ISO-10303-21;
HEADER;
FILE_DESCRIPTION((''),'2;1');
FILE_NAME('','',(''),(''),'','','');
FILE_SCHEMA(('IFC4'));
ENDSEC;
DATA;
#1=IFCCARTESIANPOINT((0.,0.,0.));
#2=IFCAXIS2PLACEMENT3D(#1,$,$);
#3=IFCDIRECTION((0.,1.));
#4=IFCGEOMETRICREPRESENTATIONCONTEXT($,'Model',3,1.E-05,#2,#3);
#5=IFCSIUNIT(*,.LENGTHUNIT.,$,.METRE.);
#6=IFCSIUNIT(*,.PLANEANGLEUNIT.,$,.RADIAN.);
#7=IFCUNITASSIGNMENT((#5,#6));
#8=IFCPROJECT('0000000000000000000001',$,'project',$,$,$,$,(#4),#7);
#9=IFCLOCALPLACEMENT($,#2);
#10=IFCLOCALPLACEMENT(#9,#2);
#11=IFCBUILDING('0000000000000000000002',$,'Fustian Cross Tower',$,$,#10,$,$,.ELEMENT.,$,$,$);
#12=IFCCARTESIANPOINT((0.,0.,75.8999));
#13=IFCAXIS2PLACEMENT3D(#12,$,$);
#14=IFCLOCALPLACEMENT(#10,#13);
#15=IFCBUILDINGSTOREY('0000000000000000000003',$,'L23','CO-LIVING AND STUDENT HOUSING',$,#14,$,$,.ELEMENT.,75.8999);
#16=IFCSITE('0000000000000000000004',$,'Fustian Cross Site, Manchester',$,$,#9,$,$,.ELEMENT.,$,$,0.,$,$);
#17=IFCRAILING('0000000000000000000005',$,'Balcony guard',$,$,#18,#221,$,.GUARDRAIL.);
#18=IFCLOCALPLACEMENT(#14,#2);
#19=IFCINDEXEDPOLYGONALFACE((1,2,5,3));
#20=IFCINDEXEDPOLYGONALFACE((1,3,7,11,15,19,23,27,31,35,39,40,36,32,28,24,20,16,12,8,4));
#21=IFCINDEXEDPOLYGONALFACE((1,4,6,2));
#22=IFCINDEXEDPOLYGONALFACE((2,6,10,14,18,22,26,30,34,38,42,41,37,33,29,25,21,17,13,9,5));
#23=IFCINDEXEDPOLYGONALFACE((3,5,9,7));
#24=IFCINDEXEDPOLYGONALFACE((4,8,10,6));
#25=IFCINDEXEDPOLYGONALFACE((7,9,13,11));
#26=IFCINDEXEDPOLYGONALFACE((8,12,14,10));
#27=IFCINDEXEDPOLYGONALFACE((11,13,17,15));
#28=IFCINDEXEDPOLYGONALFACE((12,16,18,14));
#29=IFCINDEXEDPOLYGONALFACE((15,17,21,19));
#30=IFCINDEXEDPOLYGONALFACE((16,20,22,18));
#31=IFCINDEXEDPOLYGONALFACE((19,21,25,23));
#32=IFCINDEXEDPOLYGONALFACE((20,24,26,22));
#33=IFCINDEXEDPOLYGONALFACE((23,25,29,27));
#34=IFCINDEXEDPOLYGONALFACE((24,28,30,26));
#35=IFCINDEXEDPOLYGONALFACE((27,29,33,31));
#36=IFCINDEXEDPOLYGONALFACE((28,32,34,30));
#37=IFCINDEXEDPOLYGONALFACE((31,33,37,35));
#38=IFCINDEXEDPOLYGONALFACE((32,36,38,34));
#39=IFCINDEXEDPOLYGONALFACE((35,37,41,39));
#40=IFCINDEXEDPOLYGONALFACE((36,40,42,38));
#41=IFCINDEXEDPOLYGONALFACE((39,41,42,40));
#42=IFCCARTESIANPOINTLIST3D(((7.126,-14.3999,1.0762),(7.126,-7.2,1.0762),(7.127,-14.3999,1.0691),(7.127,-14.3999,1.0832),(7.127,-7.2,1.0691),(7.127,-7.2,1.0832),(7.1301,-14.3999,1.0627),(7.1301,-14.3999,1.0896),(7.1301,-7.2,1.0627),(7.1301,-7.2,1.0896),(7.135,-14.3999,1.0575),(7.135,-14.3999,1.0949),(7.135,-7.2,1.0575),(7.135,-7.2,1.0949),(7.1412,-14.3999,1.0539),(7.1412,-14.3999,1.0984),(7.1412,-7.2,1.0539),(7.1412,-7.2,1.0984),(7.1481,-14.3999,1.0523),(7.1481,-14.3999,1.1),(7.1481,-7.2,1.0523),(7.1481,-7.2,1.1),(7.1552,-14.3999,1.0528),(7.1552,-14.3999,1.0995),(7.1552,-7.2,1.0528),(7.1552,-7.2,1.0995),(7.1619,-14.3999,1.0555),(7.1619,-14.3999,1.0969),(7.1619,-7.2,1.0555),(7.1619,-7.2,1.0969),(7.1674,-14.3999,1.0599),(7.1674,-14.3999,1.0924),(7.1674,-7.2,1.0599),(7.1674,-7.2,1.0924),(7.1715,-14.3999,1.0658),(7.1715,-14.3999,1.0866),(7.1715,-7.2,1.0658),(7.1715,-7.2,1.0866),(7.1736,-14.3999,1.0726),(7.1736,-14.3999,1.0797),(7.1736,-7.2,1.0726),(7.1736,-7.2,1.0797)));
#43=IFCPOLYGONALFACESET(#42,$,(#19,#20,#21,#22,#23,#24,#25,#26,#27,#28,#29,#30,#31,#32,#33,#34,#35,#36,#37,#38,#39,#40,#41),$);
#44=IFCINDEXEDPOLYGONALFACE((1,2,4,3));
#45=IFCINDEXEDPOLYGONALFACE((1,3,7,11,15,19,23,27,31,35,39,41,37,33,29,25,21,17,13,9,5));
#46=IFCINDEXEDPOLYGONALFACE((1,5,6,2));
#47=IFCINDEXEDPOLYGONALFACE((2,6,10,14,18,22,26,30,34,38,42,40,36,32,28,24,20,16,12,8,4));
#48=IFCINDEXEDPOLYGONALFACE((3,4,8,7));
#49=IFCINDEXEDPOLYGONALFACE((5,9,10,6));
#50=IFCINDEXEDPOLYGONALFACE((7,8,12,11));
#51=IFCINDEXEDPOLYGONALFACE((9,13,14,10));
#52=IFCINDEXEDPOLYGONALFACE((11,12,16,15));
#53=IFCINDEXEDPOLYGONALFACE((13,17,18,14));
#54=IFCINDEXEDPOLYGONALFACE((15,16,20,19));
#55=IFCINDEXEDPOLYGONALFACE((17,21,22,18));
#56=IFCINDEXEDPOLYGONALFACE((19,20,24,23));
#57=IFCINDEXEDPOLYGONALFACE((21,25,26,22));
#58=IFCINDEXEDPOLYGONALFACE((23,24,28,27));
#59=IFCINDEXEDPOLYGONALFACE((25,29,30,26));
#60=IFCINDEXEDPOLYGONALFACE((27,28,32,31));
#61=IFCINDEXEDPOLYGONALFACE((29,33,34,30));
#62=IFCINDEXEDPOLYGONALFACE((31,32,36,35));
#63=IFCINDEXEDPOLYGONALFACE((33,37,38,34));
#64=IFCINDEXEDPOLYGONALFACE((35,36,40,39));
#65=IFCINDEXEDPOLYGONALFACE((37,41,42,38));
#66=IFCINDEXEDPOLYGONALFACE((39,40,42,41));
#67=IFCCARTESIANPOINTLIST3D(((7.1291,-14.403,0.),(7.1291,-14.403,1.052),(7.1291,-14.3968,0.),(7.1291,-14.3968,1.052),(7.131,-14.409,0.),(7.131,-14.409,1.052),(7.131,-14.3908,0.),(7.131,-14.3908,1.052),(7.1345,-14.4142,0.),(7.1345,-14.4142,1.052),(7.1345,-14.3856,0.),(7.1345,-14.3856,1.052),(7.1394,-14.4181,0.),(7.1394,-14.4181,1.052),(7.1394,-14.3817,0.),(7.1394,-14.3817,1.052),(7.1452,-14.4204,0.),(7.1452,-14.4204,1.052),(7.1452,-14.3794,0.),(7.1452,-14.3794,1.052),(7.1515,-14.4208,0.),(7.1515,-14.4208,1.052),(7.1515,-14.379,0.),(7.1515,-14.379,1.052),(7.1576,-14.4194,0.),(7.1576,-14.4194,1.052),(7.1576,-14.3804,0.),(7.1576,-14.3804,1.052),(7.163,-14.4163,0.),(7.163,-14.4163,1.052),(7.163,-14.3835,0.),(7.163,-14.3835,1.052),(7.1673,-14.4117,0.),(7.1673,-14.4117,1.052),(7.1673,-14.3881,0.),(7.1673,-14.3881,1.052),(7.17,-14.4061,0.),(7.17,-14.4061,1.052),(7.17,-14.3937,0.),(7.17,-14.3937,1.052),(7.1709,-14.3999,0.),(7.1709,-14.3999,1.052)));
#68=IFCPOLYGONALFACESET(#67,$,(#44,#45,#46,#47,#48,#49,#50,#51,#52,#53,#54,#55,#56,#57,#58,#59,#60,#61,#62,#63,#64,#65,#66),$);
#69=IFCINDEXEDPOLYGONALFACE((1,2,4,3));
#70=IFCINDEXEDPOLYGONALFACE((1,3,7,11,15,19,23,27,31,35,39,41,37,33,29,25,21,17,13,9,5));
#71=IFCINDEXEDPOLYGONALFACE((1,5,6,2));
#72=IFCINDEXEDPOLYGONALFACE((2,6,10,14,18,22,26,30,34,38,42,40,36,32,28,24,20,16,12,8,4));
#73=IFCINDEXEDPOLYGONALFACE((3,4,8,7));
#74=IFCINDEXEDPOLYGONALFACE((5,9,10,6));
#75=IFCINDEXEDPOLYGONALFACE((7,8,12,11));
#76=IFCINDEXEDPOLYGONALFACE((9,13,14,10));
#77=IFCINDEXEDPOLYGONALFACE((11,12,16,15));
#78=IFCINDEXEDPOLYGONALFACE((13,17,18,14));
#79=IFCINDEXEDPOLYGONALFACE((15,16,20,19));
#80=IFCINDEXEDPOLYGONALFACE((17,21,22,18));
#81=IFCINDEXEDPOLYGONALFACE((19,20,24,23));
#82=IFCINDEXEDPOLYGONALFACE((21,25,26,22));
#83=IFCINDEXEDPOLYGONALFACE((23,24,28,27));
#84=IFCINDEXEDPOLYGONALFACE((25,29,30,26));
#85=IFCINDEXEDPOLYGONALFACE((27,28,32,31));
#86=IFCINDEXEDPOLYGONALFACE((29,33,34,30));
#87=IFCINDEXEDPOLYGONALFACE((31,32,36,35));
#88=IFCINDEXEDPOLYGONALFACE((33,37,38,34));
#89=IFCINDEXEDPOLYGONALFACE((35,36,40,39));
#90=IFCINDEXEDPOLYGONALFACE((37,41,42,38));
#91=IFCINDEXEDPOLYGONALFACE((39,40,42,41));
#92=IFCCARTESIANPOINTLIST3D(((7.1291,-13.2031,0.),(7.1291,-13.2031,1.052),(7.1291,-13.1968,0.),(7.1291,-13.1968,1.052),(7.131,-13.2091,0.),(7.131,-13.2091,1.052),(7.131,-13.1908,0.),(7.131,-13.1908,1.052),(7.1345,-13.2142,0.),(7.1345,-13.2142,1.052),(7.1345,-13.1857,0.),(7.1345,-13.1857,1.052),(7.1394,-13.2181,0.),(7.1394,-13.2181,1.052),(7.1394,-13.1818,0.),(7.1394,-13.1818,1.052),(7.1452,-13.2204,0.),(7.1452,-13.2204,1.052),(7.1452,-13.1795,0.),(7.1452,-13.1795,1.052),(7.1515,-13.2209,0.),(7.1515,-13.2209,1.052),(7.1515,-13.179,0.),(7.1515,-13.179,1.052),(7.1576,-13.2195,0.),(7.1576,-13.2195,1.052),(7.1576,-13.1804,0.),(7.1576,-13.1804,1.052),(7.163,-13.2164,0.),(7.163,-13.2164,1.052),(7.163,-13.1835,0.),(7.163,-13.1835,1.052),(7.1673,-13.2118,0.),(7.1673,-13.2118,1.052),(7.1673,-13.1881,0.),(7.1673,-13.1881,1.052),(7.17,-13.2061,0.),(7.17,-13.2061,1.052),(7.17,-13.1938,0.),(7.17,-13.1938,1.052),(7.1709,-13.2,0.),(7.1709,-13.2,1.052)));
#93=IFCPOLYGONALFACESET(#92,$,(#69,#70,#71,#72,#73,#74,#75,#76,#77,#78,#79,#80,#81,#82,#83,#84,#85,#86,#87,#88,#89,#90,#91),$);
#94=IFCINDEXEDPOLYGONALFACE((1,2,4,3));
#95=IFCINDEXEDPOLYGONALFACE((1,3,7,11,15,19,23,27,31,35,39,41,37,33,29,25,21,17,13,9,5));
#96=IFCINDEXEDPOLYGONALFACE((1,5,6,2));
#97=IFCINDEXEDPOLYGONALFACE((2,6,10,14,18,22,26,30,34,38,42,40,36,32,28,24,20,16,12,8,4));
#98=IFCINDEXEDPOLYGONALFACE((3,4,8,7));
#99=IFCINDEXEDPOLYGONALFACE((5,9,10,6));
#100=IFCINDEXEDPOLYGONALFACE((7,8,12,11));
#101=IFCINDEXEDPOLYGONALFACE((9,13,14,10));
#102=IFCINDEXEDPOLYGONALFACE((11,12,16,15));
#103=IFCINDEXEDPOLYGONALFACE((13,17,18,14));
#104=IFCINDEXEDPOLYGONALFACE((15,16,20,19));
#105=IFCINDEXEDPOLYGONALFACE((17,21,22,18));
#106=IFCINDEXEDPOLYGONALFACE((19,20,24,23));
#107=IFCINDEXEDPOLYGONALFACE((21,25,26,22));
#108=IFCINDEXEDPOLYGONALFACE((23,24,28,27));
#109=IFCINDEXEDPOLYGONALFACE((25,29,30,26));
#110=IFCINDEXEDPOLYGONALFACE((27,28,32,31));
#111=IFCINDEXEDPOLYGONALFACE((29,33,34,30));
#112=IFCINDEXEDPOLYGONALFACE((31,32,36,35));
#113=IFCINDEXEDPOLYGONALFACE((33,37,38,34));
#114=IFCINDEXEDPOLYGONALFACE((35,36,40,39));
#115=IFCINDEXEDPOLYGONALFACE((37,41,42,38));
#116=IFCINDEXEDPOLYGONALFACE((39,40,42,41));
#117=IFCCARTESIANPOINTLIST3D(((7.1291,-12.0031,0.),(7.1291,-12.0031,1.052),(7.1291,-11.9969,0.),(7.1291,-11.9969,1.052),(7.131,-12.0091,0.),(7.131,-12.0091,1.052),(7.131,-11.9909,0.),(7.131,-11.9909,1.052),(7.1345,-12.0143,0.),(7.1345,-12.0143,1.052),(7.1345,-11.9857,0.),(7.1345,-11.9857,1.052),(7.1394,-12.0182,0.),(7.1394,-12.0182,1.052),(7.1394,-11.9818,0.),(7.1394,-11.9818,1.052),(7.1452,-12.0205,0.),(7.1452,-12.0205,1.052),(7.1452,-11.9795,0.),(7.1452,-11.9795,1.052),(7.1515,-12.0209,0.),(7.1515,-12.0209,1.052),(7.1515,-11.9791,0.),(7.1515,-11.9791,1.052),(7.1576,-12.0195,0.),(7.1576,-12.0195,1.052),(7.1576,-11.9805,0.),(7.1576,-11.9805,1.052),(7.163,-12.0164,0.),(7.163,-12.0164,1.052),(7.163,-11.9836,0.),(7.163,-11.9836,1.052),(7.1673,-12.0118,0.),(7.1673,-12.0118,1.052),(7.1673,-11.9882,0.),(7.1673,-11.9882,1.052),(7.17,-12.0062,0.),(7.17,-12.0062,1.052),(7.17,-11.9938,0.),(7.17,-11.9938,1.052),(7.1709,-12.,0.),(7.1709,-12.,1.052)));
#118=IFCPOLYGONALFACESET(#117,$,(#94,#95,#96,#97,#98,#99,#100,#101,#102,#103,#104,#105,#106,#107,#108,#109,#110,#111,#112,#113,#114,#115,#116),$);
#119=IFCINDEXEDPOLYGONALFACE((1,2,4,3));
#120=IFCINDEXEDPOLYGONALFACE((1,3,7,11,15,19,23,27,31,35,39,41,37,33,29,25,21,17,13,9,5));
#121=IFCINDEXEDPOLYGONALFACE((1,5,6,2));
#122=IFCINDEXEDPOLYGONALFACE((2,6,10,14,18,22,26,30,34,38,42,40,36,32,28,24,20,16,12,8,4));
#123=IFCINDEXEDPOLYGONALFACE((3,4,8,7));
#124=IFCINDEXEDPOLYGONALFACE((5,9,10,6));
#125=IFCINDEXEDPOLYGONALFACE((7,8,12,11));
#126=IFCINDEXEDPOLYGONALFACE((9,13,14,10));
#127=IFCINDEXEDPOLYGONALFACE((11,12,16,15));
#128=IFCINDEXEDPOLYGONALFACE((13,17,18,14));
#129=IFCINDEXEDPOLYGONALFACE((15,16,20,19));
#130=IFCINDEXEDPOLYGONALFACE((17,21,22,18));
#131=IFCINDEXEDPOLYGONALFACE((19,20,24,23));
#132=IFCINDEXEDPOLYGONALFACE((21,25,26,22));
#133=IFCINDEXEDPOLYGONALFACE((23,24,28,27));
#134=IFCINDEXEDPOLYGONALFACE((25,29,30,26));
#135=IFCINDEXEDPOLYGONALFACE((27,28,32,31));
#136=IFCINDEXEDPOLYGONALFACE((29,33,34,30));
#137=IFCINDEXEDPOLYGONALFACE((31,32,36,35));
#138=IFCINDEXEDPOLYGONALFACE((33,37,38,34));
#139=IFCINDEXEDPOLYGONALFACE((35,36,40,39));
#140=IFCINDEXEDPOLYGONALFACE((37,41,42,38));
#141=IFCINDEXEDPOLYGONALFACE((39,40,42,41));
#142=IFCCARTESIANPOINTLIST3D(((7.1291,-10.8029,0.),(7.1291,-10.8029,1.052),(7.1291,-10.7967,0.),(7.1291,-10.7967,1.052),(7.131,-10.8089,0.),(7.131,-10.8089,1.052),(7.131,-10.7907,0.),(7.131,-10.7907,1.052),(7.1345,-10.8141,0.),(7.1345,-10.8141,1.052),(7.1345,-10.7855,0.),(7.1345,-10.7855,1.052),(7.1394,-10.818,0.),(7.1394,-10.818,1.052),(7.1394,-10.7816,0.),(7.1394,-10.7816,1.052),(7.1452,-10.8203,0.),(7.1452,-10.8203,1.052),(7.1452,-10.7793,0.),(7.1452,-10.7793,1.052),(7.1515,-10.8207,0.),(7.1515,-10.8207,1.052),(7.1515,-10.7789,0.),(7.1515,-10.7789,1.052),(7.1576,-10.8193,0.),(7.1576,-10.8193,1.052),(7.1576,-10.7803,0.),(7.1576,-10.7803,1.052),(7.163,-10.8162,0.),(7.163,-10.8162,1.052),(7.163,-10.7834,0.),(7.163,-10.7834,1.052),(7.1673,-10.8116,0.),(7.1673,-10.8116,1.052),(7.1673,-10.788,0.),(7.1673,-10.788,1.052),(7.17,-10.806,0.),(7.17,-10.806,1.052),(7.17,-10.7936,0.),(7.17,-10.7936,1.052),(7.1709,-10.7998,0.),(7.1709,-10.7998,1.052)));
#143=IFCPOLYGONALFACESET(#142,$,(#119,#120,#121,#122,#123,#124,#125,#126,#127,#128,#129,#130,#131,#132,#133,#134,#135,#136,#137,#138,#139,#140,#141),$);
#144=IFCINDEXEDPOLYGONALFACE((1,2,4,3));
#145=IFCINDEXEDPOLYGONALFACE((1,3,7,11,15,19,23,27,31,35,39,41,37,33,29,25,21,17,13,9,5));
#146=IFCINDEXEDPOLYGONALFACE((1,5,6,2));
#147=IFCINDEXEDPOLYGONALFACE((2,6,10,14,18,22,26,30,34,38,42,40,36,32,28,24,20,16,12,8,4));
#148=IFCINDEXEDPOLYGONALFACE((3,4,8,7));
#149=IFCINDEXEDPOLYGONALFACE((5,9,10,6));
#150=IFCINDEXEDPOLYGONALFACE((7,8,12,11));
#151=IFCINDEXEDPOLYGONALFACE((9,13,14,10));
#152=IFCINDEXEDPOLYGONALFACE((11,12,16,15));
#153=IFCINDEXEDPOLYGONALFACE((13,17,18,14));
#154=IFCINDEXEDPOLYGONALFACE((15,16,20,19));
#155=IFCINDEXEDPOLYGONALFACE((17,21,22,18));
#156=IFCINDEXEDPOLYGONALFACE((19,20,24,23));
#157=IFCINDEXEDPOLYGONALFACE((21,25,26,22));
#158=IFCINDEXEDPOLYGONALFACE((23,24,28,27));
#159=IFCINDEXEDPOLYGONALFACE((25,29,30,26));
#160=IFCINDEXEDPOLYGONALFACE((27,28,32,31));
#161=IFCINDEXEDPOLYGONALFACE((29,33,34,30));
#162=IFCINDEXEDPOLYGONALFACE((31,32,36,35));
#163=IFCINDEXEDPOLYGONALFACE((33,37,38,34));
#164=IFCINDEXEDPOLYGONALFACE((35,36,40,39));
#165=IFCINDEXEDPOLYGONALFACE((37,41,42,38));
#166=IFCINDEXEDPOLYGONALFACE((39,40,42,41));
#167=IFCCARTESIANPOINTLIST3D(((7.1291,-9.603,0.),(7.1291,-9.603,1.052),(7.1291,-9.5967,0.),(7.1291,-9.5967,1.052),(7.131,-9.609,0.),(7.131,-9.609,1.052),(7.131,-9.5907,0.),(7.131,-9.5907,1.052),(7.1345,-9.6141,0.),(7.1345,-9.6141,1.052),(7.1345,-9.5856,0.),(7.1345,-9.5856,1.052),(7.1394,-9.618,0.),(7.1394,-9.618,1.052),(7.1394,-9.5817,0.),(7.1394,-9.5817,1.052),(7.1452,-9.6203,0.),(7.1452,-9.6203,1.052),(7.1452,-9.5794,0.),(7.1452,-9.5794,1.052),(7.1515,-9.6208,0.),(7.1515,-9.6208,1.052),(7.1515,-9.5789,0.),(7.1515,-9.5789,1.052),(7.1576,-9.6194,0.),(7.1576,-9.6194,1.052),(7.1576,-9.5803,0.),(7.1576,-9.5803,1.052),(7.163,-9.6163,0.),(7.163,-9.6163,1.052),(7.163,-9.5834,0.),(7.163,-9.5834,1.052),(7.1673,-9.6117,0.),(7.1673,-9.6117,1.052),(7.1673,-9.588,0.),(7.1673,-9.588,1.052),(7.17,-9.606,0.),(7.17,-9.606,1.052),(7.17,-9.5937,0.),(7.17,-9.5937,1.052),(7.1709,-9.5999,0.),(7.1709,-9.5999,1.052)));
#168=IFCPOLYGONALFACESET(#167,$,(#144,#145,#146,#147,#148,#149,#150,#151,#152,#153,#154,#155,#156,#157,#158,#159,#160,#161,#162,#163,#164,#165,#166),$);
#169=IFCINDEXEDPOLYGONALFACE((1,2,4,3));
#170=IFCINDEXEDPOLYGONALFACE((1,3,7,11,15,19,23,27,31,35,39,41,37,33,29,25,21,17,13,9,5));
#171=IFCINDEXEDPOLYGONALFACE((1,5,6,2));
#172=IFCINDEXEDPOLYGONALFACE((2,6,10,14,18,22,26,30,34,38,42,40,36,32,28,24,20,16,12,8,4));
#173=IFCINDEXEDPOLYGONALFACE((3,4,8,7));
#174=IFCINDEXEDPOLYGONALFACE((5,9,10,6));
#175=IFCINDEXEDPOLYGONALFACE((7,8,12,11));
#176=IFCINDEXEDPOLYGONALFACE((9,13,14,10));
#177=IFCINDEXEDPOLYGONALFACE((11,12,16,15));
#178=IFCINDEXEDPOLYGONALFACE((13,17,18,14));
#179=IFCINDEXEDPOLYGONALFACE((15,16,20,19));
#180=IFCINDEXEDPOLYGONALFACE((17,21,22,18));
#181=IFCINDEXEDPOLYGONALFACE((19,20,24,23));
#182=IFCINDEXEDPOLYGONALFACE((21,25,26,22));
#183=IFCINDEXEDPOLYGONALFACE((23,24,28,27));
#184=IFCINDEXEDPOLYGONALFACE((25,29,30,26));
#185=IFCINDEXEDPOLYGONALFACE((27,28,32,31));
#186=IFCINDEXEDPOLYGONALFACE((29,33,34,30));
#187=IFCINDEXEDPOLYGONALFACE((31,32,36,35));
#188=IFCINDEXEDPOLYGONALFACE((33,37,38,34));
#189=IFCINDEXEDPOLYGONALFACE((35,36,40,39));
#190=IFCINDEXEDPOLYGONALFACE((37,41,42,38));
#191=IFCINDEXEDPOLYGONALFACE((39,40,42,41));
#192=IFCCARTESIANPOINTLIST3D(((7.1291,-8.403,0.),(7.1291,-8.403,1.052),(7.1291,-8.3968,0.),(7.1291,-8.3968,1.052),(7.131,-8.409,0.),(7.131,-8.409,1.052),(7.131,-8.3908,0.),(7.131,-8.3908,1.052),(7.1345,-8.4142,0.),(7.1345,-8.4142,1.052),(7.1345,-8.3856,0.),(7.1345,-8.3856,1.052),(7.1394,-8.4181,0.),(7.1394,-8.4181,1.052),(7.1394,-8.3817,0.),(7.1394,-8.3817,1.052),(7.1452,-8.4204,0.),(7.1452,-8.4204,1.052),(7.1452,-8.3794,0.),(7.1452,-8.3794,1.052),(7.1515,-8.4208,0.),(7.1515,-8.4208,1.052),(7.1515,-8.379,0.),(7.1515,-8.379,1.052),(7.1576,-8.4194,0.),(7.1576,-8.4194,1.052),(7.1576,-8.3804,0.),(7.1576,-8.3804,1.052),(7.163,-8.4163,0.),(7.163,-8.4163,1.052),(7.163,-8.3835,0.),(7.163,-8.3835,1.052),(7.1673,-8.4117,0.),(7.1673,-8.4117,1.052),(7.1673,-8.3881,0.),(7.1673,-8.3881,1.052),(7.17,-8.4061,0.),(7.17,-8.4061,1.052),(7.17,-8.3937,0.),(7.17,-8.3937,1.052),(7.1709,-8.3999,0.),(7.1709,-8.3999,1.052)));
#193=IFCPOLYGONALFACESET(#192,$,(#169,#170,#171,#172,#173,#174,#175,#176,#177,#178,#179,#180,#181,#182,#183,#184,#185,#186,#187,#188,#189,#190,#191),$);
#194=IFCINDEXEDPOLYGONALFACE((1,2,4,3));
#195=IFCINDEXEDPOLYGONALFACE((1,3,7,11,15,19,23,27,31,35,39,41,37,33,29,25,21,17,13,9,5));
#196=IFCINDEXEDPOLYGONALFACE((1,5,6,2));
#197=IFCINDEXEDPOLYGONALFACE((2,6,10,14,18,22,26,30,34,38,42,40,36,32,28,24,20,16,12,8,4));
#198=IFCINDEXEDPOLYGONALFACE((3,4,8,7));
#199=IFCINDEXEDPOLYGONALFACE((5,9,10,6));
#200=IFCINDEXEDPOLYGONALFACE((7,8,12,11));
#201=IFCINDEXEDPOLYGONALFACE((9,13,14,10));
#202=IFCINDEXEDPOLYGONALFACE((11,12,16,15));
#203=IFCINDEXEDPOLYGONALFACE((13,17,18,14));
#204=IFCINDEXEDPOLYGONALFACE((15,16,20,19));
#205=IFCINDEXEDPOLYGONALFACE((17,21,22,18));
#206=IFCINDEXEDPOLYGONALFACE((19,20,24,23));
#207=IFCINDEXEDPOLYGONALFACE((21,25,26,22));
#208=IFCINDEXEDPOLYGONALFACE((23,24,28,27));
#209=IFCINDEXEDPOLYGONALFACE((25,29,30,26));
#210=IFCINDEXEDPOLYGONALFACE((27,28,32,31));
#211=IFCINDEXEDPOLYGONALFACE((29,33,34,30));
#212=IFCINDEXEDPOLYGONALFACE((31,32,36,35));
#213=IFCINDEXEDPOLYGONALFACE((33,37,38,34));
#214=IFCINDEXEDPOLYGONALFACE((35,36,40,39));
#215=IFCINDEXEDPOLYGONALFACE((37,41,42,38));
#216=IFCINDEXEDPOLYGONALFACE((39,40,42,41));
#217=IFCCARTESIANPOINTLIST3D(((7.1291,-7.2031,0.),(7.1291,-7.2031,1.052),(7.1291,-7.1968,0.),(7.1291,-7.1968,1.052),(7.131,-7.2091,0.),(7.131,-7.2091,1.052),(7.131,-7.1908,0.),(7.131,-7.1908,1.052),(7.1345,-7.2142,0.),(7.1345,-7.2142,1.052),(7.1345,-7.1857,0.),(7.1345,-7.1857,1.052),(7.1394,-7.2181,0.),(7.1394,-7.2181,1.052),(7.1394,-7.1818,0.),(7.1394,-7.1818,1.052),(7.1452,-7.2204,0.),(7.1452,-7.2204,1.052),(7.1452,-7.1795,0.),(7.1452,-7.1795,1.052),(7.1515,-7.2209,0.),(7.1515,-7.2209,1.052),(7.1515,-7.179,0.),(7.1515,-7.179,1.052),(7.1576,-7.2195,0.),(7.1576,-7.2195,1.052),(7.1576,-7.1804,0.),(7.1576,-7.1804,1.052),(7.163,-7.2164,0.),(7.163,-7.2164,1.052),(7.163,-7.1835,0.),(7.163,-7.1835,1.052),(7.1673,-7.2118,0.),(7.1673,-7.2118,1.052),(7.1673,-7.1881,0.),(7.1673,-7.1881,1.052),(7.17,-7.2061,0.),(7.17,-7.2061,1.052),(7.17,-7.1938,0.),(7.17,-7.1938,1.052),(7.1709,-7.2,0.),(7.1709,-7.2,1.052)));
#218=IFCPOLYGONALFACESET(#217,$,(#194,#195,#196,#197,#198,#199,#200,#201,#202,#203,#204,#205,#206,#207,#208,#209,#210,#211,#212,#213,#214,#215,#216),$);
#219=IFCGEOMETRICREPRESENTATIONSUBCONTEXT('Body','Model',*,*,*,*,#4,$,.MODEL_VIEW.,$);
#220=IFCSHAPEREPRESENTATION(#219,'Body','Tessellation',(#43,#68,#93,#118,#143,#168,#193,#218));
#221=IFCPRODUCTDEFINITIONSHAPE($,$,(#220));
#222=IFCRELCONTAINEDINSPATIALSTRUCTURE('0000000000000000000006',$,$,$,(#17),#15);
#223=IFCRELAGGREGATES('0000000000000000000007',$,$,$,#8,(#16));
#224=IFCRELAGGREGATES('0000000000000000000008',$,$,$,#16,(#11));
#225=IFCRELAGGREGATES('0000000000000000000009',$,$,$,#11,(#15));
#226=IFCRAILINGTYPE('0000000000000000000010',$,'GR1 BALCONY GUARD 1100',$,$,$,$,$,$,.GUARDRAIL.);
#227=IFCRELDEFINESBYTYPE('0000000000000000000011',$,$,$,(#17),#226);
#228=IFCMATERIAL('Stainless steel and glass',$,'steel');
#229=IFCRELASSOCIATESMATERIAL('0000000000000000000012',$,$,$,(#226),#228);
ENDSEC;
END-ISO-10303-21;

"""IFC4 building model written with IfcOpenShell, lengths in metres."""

from ifc_helpers import new_model, si_unit, direction, frame, origin, origin_2d, place, context, subcontext, project, spatial, circle, extrude, material, type_object, element, save


model = new_model("IFC4")

# Units and contexts
model_context = context("Model", 3, precision=1e-05, world=origin(), true_north=direction((0.0, 1.0)))
body_context = subcontext(model_context, "Body", "Model", "MODEL_VIEW")
ifc_project = project(units=[si_unit("LENGTHUNIT", "METRE"), si_unit("PLANEANGLEUNIT", "RADIAN")], contexts=[model_context])

# Site, building, storey
site_placement = place(None, origin())
site = spatial("IfcSite", under=ifc_project, at=site_placement, Name="Fustian Cross Site, Manchester", CompositionType="ELEMENT", RefElevation=0.0)
building_placement = place(site_placement, origin())
building = spatial("IfcBuilding", under=site, at=building_placement, Name="Fustian Cross Tower", CompositionType="ELEMENT")
storey_placement = place(building_placement, frame((0.0, 0.0, 75.8999)))
storey = spatial("IfcBuildingStorey", under=building, at=storey_placement, Name="L23", Description="CO-LIVING AND STUDENT HOUSING", CompositionType="ELEMENT", Elevation=75.8999)

# Railing
ifc_material_1 = material(Name="Stainless steel and glass", Category="steel")
railing_type = type_object("IfcRailingType", Name="GR1 BALCONY GUARD 1100", PredefinedType="GUARDRAIL", material=ifc_material_1)
railing_placement = place(storey_placement, frame((7.1499, -14.3999, 0.0)))
element("IfcRailing", 1, at=railing_placement, inside=storey, type_object=railing_type, Name="Balcony guard", PredefinedType="GUARDRAIL", context=body_context, shape_type="SweptSolid", body=[
    extrude(circle(Radius=0.0239, at=origin_2d()), frame((0.0, 0.0, 1.0762), z_axis=(0.0, 1.0, 0.0), x_axis=(-1.0, 0.0, 0.0)), (0.0, 0.0, 1.0), 7.2),
    extrude(circle(Radius=0.021, at=origin_2d()), origin(), (0.0, 0.0, 1.0), 1.052),
    extrude(circle(Radius=0.021, at=origin_2d()), frame((0.0, 1.2, 0.0)), (0.0, 0.0, 1.0), 1.052),
    extrude(circle(Radius=0.021, at=origin_2d()), frame((0.0, 2.3999, 0.0)), (0.0, 0.0, 1.0), 1.052),
    extrude(circle(Radius=0.021, at=origin_2d()), frame((0.0, 3.6001, 0.0)), (0.0, 0.0, 1.0), 1.052),
    extrude(circle(Radius=0.021, at=origin_2d()), frame((0.0, 4.8, 0.0)), (0.0, 0.0, 1.0), 1.052),
    extrude(circle(Radius=0.021, at=origin_2d()), frame((0.0, 6.0, 0.0)), (0.0, 0.0, 1.0), 1.052),
    extrude(circle(Radius=0.021, at=origin_2d()), frame((0.0, 7.2, 0.0)), (0.0, 0.0, 1.0), 1.052),
])

save(model, "model.ifc")
